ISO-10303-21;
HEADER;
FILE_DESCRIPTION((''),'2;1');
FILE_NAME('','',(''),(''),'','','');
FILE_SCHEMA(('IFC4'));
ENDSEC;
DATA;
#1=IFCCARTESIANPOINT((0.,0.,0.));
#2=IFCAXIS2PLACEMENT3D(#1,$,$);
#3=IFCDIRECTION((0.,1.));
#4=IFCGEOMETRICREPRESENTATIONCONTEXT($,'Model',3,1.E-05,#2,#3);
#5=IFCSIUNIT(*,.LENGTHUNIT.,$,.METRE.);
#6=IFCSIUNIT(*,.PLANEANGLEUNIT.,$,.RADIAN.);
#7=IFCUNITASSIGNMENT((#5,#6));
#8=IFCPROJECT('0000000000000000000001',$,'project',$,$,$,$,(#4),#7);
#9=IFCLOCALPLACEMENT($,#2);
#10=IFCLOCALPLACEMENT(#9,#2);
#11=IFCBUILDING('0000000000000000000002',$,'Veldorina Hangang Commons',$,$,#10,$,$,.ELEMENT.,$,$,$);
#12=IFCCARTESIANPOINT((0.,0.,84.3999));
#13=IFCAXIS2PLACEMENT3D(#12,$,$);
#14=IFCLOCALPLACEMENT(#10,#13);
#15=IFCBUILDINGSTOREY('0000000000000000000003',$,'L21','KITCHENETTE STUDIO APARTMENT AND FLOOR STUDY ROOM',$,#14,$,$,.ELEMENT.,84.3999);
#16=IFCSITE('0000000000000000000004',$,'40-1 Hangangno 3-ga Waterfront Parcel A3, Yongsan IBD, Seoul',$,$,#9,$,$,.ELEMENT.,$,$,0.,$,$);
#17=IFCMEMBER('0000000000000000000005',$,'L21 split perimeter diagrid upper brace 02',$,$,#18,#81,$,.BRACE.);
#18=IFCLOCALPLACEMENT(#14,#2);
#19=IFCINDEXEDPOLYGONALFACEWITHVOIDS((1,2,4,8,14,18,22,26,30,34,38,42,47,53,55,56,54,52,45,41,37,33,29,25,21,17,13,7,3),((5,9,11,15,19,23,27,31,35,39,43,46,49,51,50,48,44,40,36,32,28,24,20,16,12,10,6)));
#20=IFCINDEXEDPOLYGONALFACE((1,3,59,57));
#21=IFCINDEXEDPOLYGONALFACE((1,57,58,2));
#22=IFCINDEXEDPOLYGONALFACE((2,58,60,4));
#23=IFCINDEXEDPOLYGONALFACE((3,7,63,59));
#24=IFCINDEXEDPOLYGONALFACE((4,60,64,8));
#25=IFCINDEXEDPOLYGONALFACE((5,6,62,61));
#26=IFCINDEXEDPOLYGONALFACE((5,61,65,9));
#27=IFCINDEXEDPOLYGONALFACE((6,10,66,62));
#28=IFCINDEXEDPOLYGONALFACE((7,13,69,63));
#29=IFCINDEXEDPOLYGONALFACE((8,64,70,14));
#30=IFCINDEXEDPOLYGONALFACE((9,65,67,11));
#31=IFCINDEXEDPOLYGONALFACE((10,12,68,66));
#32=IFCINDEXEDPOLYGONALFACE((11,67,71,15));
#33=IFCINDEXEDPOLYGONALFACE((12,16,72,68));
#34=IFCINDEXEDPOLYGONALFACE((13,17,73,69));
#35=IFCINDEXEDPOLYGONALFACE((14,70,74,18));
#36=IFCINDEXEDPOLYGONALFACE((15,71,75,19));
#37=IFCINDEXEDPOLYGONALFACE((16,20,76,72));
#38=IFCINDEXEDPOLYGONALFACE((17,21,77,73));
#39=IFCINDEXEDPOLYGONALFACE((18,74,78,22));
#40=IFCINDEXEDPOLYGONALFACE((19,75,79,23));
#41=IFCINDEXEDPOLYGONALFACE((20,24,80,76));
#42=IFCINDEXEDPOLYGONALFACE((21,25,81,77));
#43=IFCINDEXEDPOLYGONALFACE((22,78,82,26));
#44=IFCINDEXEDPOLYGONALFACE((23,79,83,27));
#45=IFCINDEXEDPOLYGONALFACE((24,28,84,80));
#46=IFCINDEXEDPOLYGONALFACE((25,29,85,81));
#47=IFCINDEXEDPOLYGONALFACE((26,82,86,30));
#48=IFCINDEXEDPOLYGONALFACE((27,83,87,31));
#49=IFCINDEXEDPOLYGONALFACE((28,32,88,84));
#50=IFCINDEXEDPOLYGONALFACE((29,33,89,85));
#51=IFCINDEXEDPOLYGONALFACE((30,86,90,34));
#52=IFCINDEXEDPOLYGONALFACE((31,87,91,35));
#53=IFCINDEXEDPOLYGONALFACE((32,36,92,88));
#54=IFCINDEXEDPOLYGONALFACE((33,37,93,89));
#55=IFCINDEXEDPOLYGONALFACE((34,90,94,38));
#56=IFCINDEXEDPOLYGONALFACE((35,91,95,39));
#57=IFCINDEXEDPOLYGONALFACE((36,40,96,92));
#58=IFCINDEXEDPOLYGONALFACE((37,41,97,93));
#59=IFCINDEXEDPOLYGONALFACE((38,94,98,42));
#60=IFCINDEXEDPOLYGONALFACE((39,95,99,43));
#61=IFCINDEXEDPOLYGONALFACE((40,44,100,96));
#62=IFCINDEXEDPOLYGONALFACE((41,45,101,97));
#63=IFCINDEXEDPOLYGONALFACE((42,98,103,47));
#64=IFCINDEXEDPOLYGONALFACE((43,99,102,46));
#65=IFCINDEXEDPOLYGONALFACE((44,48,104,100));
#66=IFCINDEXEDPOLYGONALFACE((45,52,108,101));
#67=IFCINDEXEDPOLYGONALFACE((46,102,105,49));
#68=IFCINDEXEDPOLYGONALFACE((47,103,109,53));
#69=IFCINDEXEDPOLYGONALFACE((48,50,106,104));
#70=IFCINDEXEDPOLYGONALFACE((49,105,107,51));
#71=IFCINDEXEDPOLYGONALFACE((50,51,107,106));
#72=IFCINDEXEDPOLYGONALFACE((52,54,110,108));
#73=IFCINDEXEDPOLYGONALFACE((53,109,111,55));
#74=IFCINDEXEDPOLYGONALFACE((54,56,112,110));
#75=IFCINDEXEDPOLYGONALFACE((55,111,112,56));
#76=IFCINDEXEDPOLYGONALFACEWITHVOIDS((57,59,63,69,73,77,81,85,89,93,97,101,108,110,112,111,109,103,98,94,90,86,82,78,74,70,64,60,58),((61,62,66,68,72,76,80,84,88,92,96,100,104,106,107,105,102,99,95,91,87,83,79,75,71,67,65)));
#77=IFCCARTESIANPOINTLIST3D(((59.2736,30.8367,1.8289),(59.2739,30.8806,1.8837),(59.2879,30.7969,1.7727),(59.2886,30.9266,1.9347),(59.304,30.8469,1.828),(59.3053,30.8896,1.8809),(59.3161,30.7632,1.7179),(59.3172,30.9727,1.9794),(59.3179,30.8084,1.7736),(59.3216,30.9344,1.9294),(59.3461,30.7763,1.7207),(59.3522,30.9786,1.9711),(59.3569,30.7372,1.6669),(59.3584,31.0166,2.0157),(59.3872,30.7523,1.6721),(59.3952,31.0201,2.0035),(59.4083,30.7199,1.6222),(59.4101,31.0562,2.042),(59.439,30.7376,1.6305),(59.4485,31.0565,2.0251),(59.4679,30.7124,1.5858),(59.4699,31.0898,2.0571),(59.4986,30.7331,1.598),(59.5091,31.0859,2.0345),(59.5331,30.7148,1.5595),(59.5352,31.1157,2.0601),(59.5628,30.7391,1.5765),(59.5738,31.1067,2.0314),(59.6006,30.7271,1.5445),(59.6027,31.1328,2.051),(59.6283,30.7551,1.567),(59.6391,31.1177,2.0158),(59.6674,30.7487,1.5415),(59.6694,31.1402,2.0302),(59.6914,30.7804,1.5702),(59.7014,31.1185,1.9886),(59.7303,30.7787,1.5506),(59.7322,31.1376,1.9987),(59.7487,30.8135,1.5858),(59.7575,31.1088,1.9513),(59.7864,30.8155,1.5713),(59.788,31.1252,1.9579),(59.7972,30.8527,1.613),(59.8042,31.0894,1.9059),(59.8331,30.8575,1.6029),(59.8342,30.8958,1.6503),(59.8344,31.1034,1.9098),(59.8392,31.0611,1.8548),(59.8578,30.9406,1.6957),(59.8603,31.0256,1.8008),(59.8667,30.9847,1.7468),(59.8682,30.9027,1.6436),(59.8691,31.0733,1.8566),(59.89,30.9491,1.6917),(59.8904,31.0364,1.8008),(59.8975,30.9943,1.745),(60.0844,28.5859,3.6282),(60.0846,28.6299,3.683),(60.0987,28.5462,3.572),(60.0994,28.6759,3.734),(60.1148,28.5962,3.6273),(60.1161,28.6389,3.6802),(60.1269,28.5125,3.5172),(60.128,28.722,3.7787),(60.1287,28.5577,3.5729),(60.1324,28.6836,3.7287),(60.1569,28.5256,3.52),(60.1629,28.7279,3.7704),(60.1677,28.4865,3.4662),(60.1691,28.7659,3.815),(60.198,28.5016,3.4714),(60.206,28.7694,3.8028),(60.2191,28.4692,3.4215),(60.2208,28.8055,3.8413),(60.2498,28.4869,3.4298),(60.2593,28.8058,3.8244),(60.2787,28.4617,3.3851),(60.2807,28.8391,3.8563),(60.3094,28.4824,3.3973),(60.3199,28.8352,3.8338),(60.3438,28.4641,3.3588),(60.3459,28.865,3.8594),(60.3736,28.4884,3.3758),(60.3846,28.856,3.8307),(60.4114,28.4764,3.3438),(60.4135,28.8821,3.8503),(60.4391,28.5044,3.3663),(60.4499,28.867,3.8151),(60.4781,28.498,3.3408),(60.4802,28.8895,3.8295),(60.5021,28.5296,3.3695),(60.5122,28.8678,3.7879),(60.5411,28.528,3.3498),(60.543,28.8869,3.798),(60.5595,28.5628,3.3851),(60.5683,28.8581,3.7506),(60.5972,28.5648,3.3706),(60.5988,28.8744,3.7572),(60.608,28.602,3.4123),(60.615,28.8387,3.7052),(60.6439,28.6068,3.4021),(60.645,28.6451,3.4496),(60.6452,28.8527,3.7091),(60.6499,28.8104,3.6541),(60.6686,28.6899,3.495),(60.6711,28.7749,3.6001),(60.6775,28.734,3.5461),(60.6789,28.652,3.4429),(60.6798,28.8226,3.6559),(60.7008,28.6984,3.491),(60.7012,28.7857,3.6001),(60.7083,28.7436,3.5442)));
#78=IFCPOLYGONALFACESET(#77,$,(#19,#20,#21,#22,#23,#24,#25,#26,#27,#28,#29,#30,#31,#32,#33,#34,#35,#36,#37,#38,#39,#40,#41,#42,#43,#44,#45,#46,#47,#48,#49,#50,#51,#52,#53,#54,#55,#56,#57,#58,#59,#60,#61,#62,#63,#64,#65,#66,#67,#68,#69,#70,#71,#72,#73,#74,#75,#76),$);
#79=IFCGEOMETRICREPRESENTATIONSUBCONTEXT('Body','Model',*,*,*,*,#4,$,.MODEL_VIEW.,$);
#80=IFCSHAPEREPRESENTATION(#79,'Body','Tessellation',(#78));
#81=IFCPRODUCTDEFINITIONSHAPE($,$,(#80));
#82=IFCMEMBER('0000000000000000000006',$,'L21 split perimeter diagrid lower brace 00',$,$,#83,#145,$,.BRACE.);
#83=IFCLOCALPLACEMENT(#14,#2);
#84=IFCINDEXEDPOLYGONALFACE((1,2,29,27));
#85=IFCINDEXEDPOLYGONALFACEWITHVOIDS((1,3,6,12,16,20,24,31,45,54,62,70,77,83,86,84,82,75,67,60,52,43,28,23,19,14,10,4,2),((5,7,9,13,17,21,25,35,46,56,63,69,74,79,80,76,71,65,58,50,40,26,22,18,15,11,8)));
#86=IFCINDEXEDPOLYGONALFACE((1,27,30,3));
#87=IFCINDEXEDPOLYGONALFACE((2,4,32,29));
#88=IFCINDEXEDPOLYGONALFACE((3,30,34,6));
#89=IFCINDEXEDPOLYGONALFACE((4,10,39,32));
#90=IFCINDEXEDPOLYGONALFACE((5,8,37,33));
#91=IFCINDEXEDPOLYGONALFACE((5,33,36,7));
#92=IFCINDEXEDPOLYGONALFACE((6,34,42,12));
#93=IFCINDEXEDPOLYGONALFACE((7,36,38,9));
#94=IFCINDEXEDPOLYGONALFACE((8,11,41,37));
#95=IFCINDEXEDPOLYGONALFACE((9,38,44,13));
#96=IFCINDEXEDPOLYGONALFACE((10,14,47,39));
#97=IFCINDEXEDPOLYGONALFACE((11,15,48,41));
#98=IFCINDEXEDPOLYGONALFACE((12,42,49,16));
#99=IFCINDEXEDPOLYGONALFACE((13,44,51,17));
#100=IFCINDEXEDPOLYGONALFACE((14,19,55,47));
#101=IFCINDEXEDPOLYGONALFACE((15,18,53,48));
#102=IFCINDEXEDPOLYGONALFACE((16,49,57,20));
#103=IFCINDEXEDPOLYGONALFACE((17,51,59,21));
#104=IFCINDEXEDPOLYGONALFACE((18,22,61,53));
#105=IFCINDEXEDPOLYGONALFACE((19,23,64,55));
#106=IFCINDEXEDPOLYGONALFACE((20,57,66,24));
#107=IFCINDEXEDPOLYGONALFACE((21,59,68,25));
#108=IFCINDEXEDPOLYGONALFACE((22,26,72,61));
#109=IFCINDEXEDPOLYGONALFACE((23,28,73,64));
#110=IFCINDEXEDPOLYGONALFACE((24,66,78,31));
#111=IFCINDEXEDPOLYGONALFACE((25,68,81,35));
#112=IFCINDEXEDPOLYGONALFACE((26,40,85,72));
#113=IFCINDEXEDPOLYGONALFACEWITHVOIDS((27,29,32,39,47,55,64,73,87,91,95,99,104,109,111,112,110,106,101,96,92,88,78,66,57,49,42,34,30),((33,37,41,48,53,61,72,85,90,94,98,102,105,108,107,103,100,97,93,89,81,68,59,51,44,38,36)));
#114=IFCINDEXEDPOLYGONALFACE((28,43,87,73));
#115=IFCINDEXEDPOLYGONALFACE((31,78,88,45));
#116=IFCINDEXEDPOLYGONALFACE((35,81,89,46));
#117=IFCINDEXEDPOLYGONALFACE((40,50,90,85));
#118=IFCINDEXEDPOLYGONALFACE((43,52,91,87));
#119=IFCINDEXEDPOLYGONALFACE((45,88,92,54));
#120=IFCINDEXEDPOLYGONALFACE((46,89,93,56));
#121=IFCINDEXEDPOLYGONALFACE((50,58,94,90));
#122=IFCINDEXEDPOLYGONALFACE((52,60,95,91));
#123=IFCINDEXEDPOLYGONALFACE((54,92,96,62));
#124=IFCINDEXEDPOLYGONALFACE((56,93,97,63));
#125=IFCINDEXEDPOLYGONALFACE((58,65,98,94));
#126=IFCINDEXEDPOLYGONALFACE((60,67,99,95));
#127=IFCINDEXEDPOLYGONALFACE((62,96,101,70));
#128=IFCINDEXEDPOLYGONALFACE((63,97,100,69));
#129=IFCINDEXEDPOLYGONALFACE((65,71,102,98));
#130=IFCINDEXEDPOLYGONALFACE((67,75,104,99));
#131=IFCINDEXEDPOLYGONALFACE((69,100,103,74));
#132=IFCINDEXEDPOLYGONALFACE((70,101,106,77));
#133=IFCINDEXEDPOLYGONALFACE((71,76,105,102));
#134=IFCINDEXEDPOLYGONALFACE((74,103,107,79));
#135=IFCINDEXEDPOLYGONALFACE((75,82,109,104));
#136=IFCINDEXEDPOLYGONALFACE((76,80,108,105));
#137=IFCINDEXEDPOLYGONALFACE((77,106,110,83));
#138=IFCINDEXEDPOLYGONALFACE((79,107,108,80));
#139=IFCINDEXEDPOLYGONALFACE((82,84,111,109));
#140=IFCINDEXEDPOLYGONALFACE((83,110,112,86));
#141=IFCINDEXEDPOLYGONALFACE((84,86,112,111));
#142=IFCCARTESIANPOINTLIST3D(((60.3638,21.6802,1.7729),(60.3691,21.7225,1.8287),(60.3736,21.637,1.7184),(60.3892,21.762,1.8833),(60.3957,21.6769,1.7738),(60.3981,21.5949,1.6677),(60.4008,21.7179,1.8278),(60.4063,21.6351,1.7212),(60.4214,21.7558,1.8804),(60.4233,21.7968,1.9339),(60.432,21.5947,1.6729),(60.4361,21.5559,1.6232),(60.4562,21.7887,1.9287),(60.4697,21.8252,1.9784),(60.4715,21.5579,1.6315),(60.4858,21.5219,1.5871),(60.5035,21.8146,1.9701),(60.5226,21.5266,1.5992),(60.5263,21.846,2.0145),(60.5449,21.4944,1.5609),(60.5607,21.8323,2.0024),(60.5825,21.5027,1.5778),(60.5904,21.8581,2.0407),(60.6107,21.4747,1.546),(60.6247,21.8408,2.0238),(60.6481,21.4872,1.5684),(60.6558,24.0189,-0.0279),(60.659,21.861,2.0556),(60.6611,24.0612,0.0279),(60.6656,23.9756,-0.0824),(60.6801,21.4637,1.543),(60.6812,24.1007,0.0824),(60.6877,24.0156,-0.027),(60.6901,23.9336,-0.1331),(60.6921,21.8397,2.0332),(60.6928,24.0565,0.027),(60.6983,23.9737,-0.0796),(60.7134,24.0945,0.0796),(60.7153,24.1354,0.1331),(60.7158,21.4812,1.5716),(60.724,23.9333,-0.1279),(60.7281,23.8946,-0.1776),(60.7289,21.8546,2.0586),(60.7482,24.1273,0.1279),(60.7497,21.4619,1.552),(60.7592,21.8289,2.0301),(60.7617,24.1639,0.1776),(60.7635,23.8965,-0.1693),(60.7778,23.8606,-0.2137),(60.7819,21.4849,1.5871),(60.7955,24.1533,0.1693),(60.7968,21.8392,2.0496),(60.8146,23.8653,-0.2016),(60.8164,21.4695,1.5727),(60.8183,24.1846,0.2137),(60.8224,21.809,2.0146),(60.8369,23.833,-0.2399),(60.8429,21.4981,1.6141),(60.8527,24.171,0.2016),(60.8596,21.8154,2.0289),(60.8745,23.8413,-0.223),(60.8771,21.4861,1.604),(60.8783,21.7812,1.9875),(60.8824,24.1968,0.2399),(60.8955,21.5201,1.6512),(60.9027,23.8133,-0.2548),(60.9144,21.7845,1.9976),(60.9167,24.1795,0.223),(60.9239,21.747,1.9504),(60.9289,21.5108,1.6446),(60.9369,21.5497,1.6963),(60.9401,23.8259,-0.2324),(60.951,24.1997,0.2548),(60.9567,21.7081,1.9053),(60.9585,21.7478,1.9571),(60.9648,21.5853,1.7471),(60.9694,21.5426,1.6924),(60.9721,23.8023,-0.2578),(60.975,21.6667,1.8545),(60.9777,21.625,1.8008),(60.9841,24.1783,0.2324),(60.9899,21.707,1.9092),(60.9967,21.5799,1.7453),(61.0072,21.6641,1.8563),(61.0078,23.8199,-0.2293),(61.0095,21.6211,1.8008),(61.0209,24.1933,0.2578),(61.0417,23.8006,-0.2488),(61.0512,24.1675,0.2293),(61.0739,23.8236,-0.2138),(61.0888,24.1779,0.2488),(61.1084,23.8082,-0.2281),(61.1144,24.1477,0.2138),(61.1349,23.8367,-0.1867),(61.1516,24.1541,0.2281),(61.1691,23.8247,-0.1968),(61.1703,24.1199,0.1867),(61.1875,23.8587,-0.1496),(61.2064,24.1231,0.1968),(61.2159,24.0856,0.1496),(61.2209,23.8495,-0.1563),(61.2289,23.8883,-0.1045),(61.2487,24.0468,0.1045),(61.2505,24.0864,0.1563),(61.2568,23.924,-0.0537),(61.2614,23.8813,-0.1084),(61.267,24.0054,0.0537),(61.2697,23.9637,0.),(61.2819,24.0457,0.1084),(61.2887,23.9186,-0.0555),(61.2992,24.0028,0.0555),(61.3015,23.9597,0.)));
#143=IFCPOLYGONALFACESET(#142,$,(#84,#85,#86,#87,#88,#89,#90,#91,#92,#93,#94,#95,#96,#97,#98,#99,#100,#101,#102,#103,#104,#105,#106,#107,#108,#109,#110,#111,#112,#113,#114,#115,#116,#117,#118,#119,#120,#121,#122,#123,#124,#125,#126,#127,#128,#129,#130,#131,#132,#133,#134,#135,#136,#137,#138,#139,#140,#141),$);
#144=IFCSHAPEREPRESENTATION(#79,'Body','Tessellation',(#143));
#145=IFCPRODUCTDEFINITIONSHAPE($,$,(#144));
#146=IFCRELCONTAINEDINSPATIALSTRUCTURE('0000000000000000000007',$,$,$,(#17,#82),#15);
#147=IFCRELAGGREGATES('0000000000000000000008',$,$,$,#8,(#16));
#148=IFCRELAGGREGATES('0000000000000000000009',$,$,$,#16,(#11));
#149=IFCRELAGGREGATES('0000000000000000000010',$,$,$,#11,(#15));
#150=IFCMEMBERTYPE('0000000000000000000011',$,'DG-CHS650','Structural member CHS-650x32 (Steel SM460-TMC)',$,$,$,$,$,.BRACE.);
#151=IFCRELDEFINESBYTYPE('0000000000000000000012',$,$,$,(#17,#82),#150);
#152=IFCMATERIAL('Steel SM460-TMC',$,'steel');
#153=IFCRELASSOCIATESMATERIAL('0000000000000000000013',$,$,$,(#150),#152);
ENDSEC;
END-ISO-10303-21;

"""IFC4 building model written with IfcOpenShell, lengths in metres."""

from ifc_helpers import new_model, si_unit, direction, frame, origin, origin_2d, place, context, subcontext, project, spatial, hollow_circle, extrude, material, material_profile, profile_set, type_object, element, save


model = new_model("IFC4")

# Units and contexts
model_context = context("Model", 3, precision=1e-05, world=origin(), true_north=direction((0.0, 1.0)))
body_context = subcontext(model_context, "Body", "Model", "MODEL_VIEW")
ifc_project = project(units=[si_unit("LENGTHUNIT", "METRE"), si_unit("PLANEANGLEUNIT", "RADIAN")], contexts=[model_context])

# Site, building, storey
site_placement = place(None, origin())
site = spatial("IfcSite", under=ifc_project, at=site_placement, Name="40-1 Hangangno 3-ga Waterfront Parcel A3, Yongsan IBD, Seoul", CompositionType="ELEMENT", RefElevation=0.0)
building_placement = place(site_placement, origin())
building = spatial("IfcBuilding", under=site, at=building_placement, Name="Veldorina Hangang Commons", CompositionType="ELEMENT")
storey_placement = place(building_placement, frame((0.0, 0.0, 84.3999)))
storey = spatial("IfcBuildingStorey", under=building, at=storey_placement, Name="L21", Description="KITCHENETTE STUDIO APARTMENT AND FLOOR STUDY ROOM", CompositionType="ELEMENT", Elevation=84.3999)

# Members
ifc_material_1 = material(Name="Steel SM460-TMC", Category="steel")
ifc_material_profile_1 = material_profile(ifc_material_1, hollow_circle(Radius=0.325, WallThickness=0.032, at=origin_2d()), Name="CHS-650x32")
ifc_profile_set_1 = profile_set([ifc_material_profile_1], Name="Steel SM460-TMC")
member_type = type_object("IfcMemberType", Name="DG-CHS650", Description="Structural member CHS-650x32 (Steel SM460-TMC)", PredefinedType="BRACE", material=ifc_profile_set_1)
member_1_placement = place(storey_placement, frame((59.5847, 30.9263, 1.8008), z_axis=(0.270855, -0.751887, 0.601085), x_axis=(0.940817, 0.338915, 0.0)))
element("IfcMember", 1, at=member_1_placement, inside=storey, type_object=member_type, Name="L21 split perimeter diagrid upper brace 02", PredefinedType="BRACE", context=body_context, shape_type="SweptSolid", body=[
    extrude(hollow_circle(Radius=0.325, WallThickness=0.032, at=origin_2d()), origin(), (0.0, 0.0, 1.0), 2.9934),
])
member_2_placement = place(storey_placement, frame((60.979, 24.0, 0.0), z_axis=(-0.098446, -0.788474, 0.607139), x_axis=(0.992295, -0.123894, 0.0)))
element("IfcMember", 2, at=member_2_placement, inside=storey, type_object=member_type, Name="L21 split perimeter diagrid lower brace 00", PredefinedType="BRACE", context=body_context, shape_type="SweptSolid", body=[
    extrude(hollow_circle(Radius=0.325, WallThickness=0.032, at=origin_2d()), origin(), (0.0, 0.0, 1.0), 2.9661),
])

save(model, "model.ifc")
